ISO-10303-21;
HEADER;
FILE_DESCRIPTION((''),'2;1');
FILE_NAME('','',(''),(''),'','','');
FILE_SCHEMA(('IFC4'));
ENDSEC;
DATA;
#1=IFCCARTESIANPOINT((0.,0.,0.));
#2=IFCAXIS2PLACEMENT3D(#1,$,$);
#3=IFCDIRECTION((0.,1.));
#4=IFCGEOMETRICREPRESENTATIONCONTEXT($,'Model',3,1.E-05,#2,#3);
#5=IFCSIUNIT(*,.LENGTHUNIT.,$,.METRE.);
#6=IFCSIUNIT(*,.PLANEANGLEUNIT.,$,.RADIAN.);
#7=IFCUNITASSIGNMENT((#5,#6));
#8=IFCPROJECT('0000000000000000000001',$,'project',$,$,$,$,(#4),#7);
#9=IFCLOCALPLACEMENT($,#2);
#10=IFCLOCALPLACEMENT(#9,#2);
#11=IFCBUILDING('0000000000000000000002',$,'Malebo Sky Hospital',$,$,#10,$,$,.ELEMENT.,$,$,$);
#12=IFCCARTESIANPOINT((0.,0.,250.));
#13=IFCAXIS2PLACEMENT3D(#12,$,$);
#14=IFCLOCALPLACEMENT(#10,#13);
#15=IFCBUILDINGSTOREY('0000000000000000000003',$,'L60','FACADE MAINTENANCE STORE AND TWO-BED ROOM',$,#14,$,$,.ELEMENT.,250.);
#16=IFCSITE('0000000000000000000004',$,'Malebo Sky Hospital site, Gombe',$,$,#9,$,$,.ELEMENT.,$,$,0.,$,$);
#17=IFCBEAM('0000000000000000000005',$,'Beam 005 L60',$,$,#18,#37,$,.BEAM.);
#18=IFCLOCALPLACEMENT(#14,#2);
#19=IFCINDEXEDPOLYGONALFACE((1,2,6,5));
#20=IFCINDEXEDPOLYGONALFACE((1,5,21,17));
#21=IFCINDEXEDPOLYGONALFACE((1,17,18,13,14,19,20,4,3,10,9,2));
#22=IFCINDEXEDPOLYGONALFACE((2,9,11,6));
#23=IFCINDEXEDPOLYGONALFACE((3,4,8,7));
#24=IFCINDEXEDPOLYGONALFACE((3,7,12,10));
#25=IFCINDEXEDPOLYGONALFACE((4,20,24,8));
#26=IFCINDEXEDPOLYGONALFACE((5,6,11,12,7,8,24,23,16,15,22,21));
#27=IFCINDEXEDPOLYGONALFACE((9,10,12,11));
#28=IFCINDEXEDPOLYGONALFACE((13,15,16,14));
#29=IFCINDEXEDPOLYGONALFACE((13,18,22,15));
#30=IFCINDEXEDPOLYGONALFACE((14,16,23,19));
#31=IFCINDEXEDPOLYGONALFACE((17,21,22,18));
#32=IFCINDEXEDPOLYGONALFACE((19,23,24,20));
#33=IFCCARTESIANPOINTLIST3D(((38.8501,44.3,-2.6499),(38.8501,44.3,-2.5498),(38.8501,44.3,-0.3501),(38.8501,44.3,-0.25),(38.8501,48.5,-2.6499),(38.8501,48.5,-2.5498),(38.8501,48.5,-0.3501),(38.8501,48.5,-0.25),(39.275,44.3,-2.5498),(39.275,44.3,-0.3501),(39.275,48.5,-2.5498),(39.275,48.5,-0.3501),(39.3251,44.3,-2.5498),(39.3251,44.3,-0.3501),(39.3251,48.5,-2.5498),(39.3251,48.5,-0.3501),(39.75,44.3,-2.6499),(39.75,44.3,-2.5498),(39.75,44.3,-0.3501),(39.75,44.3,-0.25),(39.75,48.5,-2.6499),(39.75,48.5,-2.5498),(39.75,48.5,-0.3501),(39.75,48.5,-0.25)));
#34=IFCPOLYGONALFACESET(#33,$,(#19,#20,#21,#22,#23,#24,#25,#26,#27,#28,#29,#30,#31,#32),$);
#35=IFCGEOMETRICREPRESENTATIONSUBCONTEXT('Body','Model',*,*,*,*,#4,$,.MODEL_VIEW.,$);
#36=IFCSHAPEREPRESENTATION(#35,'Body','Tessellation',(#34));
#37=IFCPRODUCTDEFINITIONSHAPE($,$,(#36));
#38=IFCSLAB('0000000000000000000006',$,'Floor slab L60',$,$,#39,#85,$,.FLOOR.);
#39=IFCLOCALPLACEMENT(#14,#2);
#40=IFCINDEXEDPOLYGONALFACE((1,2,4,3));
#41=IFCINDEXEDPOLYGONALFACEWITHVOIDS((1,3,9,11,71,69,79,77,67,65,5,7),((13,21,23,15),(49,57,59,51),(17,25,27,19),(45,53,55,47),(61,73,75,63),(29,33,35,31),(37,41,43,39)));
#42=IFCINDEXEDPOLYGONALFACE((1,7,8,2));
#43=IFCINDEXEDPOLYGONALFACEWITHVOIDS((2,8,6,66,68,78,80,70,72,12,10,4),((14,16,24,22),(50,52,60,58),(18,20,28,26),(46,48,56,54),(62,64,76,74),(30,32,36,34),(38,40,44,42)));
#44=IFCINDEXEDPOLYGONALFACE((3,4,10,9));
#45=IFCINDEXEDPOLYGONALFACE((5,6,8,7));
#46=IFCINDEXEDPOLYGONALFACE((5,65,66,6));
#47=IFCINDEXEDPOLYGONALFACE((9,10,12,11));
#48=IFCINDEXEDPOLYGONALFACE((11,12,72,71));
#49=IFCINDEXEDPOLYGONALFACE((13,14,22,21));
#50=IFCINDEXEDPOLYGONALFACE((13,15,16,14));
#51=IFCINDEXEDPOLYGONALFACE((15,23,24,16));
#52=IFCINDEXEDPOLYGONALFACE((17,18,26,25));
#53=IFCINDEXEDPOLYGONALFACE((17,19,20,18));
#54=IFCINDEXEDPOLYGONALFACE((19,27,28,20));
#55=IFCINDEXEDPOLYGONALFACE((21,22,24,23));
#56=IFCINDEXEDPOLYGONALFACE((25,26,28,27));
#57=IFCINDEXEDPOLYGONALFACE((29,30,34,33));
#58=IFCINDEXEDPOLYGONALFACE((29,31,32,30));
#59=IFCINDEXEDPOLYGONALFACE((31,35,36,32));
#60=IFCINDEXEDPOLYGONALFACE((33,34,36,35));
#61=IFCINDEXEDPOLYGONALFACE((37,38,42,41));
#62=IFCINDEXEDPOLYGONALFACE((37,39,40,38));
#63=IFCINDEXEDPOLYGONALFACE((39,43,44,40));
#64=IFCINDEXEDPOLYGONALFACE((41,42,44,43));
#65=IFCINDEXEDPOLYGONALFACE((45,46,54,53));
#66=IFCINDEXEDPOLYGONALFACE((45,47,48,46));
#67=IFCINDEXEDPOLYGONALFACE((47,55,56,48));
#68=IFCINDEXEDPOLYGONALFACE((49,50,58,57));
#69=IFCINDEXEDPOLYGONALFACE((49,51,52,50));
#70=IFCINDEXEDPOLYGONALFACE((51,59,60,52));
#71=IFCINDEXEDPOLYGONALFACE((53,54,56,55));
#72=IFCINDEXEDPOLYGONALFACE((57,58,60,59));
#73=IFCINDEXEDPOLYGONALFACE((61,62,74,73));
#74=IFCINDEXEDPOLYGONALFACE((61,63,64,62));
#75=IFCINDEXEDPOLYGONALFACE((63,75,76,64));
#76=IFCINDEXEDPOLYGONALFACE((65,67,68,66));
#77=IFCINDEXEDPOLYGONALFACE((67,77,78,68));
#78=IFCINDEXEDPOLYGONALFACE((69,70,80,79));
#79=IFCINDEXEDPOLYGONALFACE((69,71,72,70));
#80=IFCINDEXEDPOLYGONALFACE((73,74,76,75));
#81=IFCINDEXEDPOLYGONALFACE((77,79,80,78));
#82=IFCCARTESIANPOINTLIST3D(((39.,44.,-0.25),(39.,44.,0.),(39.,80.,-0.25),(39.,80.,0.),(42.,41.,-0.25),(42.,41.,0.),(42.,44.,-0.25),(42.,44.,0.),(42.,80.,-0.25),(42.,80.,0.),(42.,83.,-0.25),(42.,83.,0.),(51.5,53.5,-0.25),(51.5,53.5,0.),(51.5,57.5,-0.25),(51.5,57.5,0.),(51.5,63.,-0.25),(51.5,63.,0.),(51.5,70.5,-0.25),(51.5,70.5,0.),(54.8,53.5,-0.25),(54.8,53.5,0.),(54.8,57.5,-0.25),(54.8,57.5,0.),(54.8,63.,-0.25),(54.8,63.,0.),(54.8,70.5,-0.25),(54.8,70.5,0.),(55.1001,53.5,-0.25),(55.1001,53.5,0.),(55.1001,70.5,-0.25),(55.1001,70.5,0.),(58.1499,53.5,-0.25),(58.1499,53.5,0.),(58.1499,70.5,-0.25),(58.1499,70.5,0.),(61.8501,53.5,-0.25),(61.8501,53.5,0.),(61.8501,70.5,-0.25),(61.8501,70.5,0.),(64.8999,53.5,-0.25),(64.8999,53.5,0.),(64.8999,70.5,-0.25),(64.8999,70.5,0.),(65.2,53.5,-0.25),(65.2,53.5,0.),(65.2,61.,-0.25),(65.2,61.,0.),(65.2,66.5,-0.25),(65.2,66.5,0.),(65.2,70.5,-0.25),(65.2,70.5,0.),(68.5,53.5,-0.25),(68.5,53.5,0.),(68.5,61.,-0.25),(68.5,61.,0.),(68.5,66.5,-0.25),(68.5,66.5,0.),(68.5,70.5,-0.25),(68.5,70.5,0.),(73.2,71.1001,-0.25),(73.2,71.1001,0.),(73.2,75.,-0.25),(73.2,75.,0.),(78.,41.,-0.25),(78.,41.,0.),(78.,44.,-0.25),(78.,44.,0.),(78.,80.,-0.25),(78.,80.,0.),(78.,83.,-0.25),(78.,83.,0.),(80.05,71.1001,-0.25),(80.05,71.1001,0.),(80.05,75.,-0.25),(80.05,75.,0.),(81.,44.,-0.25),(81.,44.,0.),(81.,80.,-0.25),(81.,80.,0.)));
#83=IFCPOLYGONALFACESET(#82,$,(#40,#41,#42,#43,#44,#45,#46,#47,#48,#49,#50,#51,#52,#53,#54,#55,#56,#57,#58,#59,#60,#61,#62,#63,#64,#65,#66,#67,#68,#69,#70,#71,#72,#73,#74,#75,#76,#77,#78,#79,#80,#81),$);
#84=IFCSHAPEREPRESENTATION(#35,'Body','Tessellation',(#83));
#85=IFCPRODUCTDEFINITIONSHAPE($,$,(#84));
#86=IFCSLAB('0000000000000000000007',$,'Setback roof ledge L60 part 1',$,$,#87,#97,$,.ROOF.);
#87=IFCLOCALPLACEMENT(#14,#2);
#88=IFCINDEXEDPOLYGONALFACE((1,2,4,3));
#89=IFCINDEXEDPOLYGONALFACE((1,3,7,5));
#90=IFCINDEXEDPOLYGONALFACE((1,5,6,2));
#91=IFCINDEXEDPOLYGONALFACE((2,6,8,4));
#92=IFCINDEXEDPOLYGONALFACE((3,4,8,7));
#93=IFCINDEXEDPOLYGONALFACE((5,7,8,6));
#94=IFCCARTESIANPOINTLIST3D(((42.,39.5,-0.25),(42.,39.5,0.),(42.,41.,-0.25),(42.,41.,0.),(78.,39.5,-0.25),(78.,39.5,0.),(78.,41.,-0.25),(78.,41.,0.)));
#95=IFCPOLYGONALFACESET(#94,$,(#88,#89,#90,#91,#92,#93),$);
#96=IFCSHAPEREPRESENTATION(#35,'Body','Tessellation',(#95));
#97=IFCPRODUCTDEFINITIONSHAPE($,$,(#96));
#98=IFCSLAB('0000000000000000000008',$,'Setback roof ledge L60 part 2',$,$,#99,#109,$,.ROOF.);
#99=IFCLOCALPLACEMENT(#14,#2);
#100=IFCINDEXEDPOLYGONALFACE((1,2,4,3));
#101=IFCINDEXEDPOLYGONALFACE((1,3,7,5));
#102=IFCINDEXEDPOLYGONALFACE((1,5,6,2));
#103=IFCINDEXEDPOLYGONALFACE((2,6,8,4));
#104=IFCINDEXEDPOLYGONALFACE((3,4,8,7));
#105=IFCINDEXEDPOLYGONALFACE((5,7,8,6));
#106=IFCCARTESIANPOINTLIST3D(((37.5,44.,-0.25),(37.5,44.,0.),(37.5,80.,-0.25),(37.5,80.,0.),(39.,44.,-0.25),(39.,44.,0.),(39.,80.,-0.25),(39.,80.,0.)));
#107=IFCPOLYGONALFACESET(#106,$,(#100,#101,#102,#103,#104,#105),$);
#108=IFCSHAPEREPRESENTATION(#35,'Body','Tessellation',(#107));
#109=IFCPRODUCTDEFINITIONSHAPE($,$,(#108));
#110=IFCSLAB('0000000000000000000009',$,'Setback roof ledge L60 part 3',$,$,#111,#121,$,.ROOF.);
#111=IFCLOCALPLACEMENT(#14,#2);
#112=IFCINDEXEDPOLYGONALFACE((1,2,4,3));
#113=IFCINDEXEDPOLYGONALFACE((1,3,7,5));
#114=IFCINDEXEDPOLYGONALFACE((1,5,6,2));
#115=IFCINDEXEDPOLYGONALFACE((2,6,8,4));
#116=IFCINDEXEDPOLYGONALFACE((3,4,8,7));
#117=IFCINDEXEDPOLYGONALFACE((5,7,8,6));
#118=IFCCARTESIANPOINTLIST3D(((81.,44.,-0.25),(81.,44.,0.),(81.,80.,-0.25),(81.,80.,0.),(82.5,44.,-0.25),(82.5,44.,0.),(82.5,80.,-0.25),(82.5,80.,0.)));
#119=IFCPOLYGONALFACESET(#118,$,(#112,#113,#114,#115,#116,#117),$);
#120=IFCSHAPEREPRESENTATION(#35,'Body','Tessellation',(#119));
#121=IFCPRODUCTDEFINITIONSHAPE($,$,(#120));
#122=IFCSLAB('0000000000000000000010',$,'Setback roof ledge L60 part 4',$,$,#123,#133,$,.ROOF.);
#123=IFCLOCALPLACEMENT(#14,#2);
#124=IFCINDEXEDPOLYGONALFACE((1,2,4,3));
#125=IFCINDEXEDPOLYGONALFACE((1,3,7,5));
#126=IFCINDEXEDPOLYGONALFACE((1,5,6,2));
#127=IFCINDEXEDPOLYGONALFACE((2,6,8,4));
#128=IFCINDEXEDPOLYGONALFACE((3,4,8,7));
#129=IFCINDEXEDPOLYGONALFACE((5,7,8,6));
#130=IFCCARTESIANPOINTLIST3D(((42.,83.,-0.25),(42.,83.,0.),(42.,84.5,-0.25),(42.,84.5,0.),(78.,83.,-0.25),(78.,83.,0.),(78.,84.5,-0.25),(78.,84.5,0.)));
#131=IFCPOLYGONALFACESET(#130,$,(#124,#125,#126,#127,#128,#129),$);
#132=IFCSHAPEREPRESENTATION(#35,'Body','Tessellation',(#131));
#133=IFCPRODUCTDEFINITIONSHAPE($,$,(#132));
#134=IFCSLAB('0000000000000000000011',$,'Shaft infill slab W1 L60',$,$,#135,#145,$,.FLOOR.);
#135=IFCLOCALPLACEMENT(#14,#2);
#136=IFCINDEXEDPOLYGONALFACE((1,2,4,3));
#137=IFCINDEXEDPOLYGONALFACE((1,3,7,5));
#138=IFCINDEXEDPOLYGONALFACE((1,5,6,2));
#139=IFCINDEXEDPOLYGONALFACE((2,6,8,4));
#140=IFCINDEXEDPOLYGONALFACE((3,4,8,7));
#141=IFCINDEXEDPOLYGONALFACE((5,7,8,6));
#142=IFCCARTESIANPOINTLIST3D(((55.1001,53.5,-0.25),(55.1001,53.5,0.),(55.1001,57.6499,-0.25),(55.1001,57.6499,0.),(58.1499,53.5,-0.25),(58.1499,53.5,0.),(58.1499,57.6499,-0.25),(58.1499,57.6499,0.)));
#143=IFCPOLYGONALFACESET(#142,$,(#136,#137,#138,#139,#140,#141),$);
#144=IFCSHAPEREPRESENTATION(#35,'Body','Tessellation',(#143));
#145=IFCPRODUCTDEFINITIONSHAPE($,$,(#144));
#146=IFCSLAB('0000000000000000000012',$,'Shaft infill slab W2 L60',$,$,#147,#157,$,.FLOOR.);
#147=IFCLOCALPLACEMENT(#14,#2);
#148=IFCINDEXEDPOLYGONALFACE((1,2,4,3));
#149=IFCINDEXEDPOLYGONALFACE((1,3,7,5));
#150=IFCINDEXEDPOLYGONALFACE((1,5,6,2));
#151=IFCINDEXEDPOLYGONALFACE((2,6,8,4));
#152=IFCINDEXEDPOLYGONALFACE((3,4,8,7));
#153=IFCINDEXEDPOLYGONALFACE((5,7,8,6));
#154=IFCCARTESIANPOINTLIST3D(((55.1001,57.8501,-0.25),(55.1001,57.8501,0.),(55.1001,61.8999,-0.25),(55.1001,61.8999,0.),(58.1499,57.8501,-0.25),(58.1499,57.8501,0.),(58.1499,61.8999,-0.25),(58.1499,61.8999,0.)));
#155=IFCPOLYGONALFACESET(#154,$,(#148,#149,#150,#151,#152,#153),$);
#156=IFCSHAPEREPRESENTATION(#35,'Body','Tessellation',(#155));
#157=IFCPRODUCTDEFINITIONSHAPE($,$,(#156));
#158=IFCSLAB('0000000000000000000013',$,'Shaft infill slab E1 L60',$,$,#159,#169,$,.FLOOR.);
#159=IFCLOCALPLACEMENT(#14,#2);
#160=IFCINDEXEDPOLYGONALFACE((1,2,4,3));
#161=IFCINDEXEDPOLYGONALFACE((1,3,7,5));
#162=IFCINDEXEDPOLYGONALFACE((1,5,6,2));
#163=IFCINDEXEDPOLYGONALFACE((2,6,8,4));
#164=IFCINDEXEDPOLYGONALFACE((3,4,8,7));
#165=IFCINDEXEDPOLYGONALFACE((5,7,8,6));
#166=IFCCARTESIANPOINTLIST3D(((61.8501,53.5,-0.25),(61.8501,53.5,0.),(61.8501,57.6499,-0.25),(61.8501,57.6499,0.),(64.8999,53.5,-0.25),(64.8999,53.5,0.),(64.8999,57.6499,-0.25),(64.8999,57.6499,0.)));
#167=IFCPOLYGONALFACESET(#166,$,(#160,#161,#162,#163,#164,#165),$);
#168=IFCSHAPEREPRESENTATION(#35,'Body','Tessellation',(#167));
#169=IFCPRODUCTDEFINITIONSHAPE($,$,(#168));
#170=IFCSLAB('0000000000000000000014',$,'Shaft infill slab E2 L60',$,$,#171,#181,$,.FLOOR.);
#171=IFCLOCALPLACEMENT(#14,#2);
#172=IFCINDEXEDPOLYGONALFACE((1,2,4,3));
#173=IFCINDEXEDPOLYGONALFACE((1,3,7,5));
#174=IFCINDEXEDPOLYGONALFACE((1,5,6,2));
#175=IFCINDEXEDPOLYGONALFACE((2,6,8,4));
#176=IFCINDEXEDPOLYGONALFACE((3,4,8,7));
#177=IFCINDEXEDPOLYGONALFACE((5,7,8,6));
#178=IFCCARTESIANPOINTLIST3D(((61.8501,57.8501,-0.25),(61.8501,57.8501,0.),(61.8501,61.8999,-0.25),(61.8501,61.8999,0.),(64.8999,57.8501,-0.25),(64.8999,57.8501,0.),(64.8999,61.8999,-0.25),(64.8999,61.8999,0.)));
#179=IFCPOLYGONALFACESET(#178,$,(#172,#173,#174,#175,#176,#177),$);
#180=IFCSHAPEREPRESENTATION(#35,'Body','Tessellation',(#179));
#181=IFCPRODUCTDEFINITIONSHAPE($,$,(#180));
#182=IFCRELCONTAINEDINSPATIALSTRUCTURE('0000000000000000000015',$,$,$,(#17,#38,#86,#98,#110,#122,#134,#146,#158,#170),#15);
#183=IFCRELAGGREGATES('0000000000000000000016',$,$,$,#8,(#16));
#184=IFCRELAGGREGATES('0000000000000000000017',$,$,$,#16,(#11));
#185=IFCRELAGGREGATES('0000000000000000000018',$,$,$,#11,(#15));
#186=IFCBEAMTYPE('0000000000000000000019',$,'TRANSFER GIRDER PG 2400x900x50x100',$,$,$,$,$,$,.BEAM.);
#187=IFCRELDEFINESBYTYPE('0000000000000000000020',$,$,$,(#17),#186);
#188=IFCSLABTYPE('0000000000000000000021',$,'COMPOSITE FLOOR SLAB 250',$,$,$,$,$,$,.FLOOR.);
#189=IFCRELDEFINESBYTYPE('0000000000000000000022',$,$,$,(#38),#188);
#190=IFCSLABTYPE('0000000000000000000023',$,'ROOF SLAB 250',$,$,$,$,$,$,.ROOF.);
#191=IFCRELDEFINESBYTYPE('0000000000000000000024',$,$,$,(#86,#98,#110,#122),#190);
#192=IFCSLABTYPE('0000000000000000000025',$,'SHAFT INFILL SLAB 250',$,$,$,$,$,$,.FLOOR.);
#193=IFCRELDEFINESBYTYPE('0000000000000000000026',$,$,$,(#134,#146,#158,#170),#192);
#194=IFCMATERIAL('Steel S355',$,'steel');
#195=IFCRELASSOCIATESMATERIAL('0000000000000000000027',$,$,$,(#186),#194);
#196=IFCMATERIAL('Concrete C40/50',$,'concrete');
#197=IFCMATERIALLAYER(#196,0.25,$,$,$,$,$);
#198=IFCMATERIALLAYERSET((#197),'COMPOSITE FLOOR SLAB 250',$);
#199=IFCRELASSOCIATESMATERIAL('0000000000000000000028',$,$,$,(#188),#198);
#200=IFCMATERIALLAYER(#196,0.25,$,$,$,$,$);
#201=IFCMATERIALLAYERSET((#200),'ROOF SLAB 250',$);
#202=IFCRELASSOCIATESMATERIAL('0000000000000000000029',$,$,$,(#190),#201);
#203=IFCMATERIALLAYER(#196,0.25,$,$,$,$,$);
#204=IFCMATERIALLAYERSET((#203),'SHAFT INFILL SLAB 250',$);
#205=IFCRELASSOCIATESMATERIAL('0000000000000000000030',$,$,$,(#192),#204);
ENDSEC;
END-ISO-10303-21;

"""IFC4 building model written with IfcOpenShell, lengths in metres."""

from ifc_helpers import new_model, si_unit, direction, frame, origin, origin_2d, place, context, subcontext, project, spatial, polyline, i_section, outline, extrude, material, layer, layer_set, material_profile, profile_set, type_object, element, save


model = new_model("IFC4")

# Units and contexts
model_context = context("Model", 3, precision=1e-05, world=origin(), true_north=direction((0.0, 1.0)))
body_context = subcontext(model_context, "Body", "Model", "MODEL_VIEW")
ifc_project = project(units=[si_unit("LENGTHUNIT", "METRE"), si_unit("PLANEANGLEUNIT", "RADIAN")], contexts=[model_context])

# Site, building, storey
site_placement = place(None, origin())
site = spatial("IfcSite", under=ifc_project, at=site_placement, Name="Malebo Sky Hospital site, Gombe", CompositionType="ELEMENT", RefElevation=0.0)
building_placement = place(site_placement, origin())
building = spatial("IfcBuilding", under=site, at=building_placement, Name="Malebo Sky Hospital", CompositionType="ELEMENT")
storey_placement = place(building_placement, frame((0.0, 0.0, 250.0)))
storey = spatial("IfcBuildingStorey", under=building, at=storey_placement, Name="L60", Description="FACADE MAINTENANCE STORE AND TWO-BED ROOM", CompositionType="ELEMENT", Elevation=250.0)

# Beam
ifc_material_1 = material(Name="Steel S355", Category="steel")
ifc_material_profile_1 = material_profile(ifc_material_1, i_section(OverallWidth=0.8999, OverallDepth=2.3999, WebThickness=0.05, FlangeThickness=0.1001, at=origin_2d()), Name="PG 2400x900x50x100")
ifc_profile_set_1 = profile_set([ifc_material_profile_1], Name="Steel S355")
beam_type_1 = type_object("IfcBeamType", Name="TRANSFER GIRDER PG 2400x900x50x100", PredefinedType="BEAM", material=ifc_profile_set_1)
beam_1_placement = place(storey_placement, frame((39.3, 44.3, -1.45), z_axis=(0.0, 1.0, 0.0), x_axis=(-1.0, 0.0, 0.0)))
element("IfcBeam", 1, at=beam_1_placement, inside=storey, type_object=beam_type_1, Name="Beam 005 L60", PredefinedType="BEAM", context=body_context, shape_type="SweptSolid", body=[
    extrude(i_section(OverallWidth=0.8999, OverallDepth=2.3999, WebThickness=0.05, FlangeThickness=0.1001, at=origin_2d()), origin(), (0.0, 0.0, 1.0), 4.2),
])

# Slabs
ifc_material_2 = material(Name="Concrete C40/50", Category="concrete")
ifc_layer_1 = layer(ifc_material_2, 0.25)
ifc_layer_set_1 = layer_set([ifc_layer_1], Name="COMPOSITE FLOOR SLAB 250")
slab_type_1 = type_object("IfcSlabType", Name="COMPOSITE FLOOR SLAB 250", PredefinedType="FLOOR", material=ifc_layer_set_1)
slab_1_placement = place(storey_placement, frame((0.0, 0.0, -0.25)))
element("IfcSlab", 2, at=slab_1_placement, inside=storey, type_object=slab_type_1, Name="Floor slab L60", PredefinedType="FLOOR", context=body_context, shape_type="SweptSolid", body=[
    extrude(outline(polyline([(42.0, 83.0), (42.0, 80.0), (39.0, 80.0), (39.0, 44.0), (42.0, 44.0), (42.0, 41.0), (78.0, 41.0), (78.0, 44.0), (81.0, 44.0), (81.0, 80.0), (78.0, 80.0), (78.0, 83.0), (42.0, 83.0)]), holes=[polyline([(55.1001, 70.5), (58.1499, 70.5), (58.1499, 53.5), (55.1001, 53.5), (55.1001, 70.5)]), polyline([(64.8999, 70.5), (64.8999, 53.5), (61.8501, 53.5), (61.8501, 70.5), (64.8999, 70.5)]), polyline([(54.8, 63.0), (51.5, 63.0), (51.5, 70.5), (54.8, 70.5), (54.8, 63.0)]), polyline([(51.5, 53.5), (51.5, 57.5), (54.8, 57.5), (54.8, 53.5), (51.5, 53.5)]), polyline([(65.2, 61.0), (68.5, 61.0), (68.5, 53.5), (65.2, 53.5), (65.2, 61.0)]), polyline([(68.5, 70.5), (68.5, 66.5), (65.2, 66.5), (65.2, 70.5), (68.5, 70.5)]), polyline([(80.05, 71.1001), (73.2, 71.1001), (73.2, 75.0), (80.05, 75.0), (80.05, 71.1001)])]), origin(), (0.0, 0.0, 1.0), 0.25),
])
ifc_layer_2 = layer(ifc_material_2, 0.25)
ifc_layer_set_2 = layer_set([ifc_layer_2], Name="ROOF SLAB 250")
slab_type_2 = type_object("IfcSlabType", Name="ROOF SLAB 250", PredefinedType="ROOF", material=ifc_layer_set_2)
slab_2_placement = place(storey_placement, frame((0.0, 0.0, -0.25)))
element("IfcSlab", 3, at=slab_2_placement, inside=storey, type_object=slab_type_2, Name="Setback roof ledge L60 part 1", PredefinedType="ROOF", context=body_context, shape_type="SweptSolid", body=[
    extrude(outline(polyline([(78.0, 41.0), (42.0, 41.0), (42.0, 39.5), (78.0, 39.5), (78.0, 41.0)])), origin(), (0.0, 0.0, 1.0), 0.25),
])
slab_3_placement = place(storey_placement, frame((0.0, 0.0, -0.25)))
element("IfcSlab", 4, at=slab_3_placement, inside=storey, type_object=slab_type_2, Name="Setback roof ledge L60 part 2", PredefinedType="ROOF", context=body_context, shape_type="SweptSolid", body=[
    extrude(outline(polyline([(39.0, 44.0), (39.0, 80.0), (37.5, 80.0), (37.5, 44.0), (39.0, 44.0)])), origin(), (0.0, 0.0, 1.0), 0.25),
])
slab_4_placement = place(storey_placement, frame((0.0, 0.0, -0.25)))
element("IfcSlab", 5, at=slab_4_placement, inside=storey, type_object=slab_type_2, Name="Setback roof ledge L60 part 3", PredefinedType="ROOF", context=body_context, shape_type="SweptSolid", body=[
    extrude(outline(polyline([(81.0, 80.0), (81.0, 44.0), (82.5, 44.0), (82.5, 80.0), (81.0, 80.0)])), origin(), (0.0, 0.0, 1.0), 0.25),
])
slab_5_placement = place(storey_placement, frame((0.0, 0.0, -0.25)))
element("IfcSlab", 6, at=slab_5_placement, inside=storey, type_object=slab_type_2, Name="Setback roof ledge L60 part 4", PredefinedType="ROOF", context=body_context, shape_type="SweptSolid", body=[
    extrude(outline(polyline([(42.0, 83.0), (78.0, 83.0), (78.0, 84.5), (42.0, 84.5), (42.0, 83.0)])), origin(), (0.0, 0.0, 1.0), 0.25),
])
ifc_layer_3 = layer(ifc_material_2, 0.25)
ifc_layer_set_3 = layer_set([ifc_layer_3], Name="SHAFT INFILL SLAB 250")
slab_type_3 = type_object("IfcSlabType", Name="SHAFT INFILL SLAB 250", PredefinedType="FLOOR", material=ifc_layer_set_3)
slab_6_placement = place(storey_placement, frame((0.0, 0.0, -0.25)))
element("IfcSlab", 7, at=slab_6_placement, inside=storey, type_object=slab_type_3, Name="Shaft infill slab W1 L60", PredefinedType="FLOOR", context=body_context, shape_type="SweptSolid", body=[
    extrude(outline(polyline([(55.1001, 53.5), (58.1499, 53.5), (58.1499, 57.6499), (55.1001, 57.6499), (55.1001, 53.5)])), origin(), (0.0, 0.0, 1.0), 0.25),
])
slab_7_placement = place(storey_placement, frame((0.0, 0.0, -0.25)))
element("IfcSlab", 8, at=slab_7_placement, inside=storey, type_object=slab_type_3, Name="Shaft infill slab W2 L60", PredefinedType="FLOOR", context=body_context, shape_type="SweptSolid", body=[
    extrude(outline(polyline([(55.1001, 57.8501), (58.1499, 57.8501), (58.1499, 61.8999), (55.1001, 61.8999), (55.1001, 57.8501)])), origin(), (0.0, 0.0, 1.0), 0.25),
])
slab_8_placement = place(storey_placement, frame((0.0, 0.0, -0.25)))
element("IfcSlab", 9, at=slab_8_placement, inside=storey, type_object=slab_type_3, Name="Shaft infill slab E1 L60", PredefinedType="FLOOR", context=body_context, shape_type="SweptSolid", body=[
    extrude(outline(polyline([(61.8501, 53.5), (64.8999, 53.5), (64.8999, 57.6499), (61.8501, 57.6499), (61.8501, 53.5)])), origin(), (0.0, 0.0, 1.0), 0.25),
])
slab_9_placement = place(storey_placement, frame((0.0, 0.0, -0.25)))
element("IfcSlab", 10, at=slab_9_placement, inside=storey, type_object=slab_type_3, Name="Shaft infill slab E2 L60", PredefinedType="FLOOR", context=body_context, shape_type="SweptSolid", body=[
    extrude(outline(polyline([(61.8501, 57.8501), (64.8999, 57.8501), (64.8999, 61.8999), (61.8501, 61.8999), (61.8501, 57.8501)])), origin(), (0.0, 0.0, 1.0), 0.25),
])

save(model, "model.ifc")
